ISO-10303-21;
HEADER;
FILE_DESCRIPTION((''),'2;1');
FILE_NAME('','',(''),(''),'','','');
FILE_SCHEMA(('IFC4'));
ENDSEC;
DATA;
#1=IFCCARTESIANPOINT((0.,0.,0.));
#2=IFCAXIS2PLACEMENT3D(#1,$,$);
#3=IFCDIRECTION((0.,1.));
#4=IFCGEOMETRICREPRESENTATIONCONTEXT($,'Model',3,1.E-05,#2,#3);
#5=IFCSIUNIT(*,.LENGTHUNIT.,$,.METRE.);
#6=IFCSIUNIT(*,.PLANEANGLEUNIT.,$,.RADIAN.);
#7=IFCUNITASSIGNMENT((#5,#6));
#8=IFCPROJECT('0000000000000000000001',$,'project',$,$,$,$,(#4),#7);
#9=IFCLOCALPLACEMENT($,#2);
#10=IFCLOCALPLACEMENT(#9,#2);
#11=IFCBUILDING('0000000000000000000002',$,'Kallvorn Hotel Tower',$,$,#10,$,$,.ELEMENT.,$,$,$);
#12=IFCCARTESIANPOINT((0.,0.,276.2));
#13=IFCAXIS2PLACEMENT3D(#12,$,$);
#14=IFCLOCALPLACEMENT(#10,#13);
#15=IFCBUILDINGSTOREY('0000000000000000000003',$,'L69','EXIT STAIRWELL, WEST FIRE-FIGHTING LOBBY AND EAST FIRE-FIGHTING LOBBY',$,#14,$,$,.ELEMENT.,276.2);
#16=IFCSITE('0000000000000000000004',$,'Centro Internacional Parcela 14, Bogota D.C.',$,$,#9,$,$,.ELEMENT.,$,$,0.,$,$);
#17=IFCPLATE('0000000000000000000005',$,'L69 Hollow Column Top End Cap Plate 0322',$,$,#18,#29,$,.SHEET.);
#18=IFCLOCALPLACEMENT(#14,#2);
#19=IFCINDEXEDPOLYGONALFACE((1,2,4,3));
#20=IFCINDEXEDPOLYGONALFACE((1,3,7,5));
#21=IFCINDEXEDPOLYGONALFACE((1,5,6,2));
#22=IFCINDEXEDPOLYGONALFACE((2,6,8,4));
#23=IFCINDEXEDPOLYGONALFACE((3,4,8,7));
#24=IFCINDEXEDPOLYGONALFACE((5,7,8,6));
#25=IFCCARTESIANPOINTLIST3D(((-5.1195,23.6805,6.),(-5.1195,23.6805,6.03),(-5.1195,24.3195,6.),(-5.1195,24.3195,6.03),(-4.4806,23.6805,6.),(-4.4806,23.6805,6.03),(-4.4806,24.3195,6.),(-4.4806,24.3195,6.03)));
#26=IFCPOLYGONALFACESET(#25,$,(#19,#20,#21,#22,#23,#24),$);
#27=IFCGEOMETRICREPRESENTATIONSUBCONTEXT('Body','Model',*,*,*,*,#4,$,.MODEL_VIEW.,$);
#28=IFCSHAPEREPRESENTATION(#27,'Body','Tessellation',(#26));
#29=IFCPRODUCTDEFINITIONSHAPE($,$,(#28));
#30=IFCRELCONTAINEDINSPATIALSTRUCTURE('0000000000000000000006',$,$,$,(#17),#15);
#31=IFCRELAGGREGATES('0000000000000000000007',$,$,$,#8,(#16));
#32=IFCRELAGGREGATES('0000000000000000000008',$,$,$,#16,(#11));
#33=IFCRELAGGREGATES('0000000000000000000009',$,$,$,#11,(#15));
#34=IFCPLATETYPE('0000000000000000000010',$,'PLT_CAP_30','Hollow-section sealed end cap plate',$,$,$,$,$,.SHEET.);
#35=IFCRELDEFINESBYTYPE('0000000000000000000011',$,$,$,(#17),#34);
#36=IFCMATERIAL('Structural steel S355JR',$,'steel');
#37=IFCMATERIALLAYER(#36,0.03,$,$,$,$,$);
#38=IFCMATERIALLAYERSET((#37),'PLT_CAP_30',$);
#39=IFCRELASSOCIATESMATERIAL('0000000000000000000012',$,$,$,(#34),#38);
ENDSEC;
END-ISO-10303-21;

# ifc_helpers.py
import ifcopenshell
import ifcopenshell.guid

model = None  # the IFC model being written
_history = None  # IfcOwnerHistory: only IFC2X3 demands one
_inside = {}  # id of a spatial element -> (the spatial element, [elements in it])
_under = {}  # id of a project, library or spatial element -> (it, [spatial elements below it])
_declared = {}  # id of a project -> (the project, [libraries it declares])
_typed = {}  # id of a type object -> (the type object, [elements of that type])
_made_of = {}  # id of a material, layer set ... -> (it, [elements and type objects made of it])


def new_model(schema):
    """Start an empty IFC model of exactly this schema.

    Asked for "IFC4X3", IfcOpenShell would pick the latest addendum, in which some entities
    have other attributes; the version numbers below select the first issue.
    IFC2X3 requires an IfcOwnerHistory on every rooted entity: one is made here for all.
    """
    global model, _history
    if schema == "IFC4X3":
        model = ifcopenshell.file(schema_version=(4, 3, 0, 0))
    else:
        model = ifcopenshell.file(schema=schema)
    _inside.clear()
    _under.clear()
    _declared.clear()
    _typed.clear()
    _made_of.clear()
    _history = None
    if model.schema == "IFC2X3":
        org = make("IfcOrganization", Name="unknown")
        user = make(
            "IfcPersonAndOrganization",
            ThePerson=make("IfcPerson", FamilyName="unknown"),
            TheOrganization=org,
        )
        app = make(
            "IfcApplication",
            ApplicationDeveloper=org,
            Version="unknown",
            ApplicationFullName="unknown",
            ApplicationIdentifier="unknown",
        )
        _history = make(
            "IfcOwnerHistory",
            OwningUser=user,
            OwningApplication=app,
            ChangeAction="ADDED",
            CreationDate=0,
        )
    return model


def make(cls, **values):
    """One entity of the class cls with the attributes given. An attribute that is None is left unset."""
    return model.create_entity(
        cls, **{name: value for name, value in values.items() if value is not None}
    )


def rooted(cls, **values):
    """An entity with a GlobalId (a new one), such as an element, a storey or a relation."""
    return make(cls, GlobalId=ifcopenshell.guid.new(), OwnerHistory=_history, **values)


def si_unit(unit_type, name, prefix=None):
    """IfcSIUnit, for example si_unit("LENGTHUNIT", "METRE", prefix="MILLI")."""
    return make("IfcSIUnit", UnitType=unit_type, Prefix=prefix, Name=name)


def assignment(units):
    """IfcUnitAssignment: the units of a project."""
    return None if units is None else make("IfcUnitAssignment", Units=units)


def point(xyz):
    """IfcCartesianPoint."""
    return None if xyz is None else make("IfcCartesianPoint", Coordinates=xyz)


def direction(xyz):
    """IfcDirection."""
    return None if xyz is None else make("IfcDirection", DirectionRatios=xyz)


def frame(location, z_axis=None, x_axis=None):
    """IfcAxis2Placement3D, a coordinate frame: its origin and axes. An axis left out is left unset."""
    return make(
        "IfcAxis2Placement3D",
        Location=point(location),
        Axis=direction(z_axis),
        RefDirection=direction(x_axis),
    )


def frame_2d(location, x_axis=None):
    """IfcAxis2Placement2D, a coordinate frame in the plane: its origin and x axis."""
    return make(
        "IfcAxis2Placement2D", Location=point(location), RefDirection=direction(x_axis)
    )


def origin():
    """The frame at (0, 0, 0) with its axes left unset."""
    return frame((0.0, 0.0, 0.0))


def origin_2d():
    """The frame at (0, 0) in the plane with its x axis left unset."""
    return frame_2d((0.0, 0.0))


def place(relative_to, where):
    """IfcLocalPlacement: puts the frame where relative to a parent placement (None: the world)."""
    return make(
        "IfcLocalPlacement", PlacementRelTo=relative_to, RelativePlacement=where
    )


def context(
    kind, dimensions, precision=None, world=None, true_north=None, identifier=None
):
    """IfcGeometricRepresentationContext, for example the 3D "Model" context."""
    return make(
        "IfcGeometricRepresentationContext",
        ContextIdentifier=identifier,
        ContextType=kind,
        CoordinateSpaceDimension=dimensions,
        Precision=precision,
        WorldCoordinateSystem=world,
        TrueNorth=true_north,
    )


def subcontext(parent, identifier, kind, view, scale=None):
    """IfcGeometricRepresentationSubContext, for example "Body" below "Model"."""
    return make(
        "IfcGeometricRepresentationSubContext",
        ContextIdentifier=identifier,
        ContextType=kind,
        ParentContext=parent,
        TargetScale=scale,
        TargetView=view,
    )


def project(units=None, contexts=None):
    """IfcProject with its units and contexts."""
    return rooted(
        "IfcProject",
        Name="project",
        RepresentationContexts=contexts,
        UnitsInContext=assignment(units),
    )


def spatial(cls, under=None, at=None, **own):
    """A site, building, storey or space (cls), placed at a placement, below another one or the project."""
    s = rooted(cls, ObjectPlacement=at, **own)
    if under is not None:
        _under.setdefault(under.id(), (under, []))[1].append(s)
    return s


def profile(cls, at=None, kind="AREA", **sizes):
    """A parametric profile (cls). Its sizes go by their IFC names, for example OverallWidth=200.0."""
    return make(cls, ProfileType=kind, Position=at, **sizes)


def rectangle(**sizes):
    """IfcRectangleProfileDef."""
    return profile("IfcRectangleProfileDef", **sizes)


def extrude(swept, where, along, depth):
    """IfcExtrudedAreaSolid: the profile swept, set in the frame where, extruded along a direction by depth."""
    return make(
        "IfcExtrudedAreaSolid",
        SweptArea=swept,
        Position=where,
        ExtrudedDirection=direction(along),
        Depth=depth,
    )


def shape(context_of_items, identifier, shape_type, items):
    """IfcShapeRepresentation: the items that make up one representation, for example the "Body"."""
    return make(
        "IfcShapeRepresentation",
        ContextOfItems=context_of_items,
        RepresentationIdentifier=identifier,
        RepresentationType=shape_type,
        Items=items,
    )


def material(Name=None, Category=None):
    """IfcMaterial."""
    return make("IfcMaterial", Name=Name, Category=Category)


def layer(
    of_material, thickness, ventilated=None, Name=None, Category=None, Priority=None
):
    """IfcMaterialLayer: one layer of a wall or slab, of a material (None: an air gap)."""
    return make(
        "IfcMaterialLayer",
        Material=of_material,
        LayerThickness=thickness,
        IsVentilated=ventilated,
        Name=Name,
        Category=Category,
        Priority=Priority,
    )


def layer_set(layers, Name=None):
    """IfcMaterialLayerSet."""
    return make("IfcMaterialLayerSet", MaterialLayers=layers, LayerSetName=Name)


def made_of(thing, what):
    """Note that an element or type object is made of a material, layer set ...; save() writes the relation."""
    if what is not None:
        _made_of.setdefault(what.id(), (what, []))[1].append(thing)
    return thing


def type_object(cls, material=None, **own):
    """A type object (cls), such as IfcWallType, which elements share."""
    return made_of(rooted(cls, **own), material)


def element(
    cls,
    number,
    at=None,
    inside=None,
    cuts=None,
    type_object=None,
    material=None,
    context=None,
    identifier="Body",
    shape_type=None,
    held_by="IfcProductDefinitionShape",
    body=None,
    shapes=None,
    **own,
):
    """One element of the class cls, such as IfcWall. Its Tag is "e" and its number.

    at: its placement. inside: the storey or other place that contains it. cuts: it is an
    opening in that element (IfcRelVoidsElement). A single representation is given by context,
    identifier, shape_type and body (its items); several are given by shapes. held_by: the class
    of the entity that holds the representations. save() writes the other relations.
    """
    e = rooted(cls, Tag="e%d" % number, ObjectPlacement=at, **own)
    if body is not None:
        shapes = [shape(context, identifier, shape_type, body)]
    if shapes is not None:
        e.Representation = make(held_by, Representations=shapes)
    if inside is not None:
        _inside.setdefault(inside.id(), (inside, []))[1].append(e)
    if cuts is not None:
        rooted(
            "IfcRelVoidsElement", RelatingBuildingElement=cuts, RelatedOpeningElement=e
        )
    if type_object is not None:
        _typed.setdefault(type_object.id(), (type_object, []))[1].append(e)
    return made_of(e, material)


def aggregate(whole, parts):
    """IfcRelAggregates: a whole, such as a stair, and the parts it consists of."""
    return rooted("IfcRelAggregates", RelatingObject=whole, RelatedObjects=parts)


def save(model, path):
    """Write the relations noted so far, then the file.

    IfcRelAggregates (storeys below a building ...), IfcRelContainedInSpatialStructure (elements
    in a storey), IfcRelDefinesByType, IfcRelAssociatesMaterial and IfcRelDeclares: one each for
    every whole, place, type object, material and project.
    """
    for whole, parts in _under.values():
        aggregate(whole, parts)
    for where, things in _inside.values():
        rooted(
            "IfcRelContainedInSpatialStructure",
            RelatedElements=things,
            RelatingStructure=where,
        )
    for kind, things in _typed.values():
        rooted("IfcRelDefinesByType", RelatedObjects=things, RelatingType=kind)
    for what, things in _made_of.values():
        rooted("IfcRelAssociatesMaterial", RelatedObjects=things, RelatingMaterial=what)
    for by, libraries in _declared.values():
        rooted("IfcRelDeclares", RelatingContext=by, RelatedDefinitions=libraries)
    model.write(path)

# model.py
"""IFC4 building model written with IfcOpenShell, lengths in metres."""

from ifc_helpers import new_model, si_unit, direction, frame, origin, origin_2d, place, context, subcontext, project, spatial, rectangle, extrude, material, layer, layer_set, type_object, element, save


model = new_model("IFC4")

# Units and contexts
model_context = context("Model", 3, precision=1e-05, world=origin(), true_north=direction((0.0, 1.0)))
body_context = subcontext(model_context, "Body", "Model", "MODEL_VIEW")
ifc_project = project(units=[si_unit("LENGTHUNIT", "METRE"), si_unit("PLANEANGLEUNIT", "RADIAN")], contexts=[model_context])

# Site, building, storey
site_placement = place(None, origin())
site = spatial("IfcSite", under=ifc_project, at=site_placement, Name="Centro Internacional Parcela 14, Bogota D.C.", CompositionType="ELEMENT", RefElevation=0.0)
building_placement = place(site_placement, origin())
building = spatial("IfcBuilding", under=site, at=building_placement, Name="Kallvorn Hotel Tower", CompositionType="ELEMENT")
storey_placement = place(building_placement, frame((0.0, 0.0, 276.2)))
storey = spatial("IfcBuildingStorey", under=building, at=storey_placement, Name="L69", Description="EXIT STAIRWELL, WEST FIRE-FIGHTING LOBBY AND EAST FIRE-FIGHTING LOBBY", CompositionType="ELEMENT", Elevation=276.2)

# Plate
ifc_material_1 = material(Name="Structural steel S355JR", Category="steel")
ifc_layer = layer(ifc_material_1, 0.03)
ifc_layer_set = layer_set([ifc_layer], Name="PLT_CAP_30")
plate_type = type_object("IfcPlateType", Name="PLT_CAP_30", Description="Hollow-section sealed end cap plate", PredefinedType="SHEET", material=ifc_layer_set)
for number, where, z_axis, x_axis, name in (
    (1, (-4.8, 24.0, 6.0), (0.0, 0.0, 1.0), (1.0, 0.0, 0.0), "L69 Hollow Column Top End Cap Plate 0322"),
):
    element("IfcPlate", number, at=place(storey_placement, frame(where, z_axis=z_axis, x_axis=x_axis)), inside=storey, type_object=plate_type, Name=name, PredefinedType="SHEET", context=body_context, shape_type="SweptSolid", body=[
        extrude(rectangle(XDim=0.6389, YDim=0.6389, at=origin_2d()), origin(), (0.0, 0.0, 1.0), 0.03),
    ])

save(model, "model.ifc")
